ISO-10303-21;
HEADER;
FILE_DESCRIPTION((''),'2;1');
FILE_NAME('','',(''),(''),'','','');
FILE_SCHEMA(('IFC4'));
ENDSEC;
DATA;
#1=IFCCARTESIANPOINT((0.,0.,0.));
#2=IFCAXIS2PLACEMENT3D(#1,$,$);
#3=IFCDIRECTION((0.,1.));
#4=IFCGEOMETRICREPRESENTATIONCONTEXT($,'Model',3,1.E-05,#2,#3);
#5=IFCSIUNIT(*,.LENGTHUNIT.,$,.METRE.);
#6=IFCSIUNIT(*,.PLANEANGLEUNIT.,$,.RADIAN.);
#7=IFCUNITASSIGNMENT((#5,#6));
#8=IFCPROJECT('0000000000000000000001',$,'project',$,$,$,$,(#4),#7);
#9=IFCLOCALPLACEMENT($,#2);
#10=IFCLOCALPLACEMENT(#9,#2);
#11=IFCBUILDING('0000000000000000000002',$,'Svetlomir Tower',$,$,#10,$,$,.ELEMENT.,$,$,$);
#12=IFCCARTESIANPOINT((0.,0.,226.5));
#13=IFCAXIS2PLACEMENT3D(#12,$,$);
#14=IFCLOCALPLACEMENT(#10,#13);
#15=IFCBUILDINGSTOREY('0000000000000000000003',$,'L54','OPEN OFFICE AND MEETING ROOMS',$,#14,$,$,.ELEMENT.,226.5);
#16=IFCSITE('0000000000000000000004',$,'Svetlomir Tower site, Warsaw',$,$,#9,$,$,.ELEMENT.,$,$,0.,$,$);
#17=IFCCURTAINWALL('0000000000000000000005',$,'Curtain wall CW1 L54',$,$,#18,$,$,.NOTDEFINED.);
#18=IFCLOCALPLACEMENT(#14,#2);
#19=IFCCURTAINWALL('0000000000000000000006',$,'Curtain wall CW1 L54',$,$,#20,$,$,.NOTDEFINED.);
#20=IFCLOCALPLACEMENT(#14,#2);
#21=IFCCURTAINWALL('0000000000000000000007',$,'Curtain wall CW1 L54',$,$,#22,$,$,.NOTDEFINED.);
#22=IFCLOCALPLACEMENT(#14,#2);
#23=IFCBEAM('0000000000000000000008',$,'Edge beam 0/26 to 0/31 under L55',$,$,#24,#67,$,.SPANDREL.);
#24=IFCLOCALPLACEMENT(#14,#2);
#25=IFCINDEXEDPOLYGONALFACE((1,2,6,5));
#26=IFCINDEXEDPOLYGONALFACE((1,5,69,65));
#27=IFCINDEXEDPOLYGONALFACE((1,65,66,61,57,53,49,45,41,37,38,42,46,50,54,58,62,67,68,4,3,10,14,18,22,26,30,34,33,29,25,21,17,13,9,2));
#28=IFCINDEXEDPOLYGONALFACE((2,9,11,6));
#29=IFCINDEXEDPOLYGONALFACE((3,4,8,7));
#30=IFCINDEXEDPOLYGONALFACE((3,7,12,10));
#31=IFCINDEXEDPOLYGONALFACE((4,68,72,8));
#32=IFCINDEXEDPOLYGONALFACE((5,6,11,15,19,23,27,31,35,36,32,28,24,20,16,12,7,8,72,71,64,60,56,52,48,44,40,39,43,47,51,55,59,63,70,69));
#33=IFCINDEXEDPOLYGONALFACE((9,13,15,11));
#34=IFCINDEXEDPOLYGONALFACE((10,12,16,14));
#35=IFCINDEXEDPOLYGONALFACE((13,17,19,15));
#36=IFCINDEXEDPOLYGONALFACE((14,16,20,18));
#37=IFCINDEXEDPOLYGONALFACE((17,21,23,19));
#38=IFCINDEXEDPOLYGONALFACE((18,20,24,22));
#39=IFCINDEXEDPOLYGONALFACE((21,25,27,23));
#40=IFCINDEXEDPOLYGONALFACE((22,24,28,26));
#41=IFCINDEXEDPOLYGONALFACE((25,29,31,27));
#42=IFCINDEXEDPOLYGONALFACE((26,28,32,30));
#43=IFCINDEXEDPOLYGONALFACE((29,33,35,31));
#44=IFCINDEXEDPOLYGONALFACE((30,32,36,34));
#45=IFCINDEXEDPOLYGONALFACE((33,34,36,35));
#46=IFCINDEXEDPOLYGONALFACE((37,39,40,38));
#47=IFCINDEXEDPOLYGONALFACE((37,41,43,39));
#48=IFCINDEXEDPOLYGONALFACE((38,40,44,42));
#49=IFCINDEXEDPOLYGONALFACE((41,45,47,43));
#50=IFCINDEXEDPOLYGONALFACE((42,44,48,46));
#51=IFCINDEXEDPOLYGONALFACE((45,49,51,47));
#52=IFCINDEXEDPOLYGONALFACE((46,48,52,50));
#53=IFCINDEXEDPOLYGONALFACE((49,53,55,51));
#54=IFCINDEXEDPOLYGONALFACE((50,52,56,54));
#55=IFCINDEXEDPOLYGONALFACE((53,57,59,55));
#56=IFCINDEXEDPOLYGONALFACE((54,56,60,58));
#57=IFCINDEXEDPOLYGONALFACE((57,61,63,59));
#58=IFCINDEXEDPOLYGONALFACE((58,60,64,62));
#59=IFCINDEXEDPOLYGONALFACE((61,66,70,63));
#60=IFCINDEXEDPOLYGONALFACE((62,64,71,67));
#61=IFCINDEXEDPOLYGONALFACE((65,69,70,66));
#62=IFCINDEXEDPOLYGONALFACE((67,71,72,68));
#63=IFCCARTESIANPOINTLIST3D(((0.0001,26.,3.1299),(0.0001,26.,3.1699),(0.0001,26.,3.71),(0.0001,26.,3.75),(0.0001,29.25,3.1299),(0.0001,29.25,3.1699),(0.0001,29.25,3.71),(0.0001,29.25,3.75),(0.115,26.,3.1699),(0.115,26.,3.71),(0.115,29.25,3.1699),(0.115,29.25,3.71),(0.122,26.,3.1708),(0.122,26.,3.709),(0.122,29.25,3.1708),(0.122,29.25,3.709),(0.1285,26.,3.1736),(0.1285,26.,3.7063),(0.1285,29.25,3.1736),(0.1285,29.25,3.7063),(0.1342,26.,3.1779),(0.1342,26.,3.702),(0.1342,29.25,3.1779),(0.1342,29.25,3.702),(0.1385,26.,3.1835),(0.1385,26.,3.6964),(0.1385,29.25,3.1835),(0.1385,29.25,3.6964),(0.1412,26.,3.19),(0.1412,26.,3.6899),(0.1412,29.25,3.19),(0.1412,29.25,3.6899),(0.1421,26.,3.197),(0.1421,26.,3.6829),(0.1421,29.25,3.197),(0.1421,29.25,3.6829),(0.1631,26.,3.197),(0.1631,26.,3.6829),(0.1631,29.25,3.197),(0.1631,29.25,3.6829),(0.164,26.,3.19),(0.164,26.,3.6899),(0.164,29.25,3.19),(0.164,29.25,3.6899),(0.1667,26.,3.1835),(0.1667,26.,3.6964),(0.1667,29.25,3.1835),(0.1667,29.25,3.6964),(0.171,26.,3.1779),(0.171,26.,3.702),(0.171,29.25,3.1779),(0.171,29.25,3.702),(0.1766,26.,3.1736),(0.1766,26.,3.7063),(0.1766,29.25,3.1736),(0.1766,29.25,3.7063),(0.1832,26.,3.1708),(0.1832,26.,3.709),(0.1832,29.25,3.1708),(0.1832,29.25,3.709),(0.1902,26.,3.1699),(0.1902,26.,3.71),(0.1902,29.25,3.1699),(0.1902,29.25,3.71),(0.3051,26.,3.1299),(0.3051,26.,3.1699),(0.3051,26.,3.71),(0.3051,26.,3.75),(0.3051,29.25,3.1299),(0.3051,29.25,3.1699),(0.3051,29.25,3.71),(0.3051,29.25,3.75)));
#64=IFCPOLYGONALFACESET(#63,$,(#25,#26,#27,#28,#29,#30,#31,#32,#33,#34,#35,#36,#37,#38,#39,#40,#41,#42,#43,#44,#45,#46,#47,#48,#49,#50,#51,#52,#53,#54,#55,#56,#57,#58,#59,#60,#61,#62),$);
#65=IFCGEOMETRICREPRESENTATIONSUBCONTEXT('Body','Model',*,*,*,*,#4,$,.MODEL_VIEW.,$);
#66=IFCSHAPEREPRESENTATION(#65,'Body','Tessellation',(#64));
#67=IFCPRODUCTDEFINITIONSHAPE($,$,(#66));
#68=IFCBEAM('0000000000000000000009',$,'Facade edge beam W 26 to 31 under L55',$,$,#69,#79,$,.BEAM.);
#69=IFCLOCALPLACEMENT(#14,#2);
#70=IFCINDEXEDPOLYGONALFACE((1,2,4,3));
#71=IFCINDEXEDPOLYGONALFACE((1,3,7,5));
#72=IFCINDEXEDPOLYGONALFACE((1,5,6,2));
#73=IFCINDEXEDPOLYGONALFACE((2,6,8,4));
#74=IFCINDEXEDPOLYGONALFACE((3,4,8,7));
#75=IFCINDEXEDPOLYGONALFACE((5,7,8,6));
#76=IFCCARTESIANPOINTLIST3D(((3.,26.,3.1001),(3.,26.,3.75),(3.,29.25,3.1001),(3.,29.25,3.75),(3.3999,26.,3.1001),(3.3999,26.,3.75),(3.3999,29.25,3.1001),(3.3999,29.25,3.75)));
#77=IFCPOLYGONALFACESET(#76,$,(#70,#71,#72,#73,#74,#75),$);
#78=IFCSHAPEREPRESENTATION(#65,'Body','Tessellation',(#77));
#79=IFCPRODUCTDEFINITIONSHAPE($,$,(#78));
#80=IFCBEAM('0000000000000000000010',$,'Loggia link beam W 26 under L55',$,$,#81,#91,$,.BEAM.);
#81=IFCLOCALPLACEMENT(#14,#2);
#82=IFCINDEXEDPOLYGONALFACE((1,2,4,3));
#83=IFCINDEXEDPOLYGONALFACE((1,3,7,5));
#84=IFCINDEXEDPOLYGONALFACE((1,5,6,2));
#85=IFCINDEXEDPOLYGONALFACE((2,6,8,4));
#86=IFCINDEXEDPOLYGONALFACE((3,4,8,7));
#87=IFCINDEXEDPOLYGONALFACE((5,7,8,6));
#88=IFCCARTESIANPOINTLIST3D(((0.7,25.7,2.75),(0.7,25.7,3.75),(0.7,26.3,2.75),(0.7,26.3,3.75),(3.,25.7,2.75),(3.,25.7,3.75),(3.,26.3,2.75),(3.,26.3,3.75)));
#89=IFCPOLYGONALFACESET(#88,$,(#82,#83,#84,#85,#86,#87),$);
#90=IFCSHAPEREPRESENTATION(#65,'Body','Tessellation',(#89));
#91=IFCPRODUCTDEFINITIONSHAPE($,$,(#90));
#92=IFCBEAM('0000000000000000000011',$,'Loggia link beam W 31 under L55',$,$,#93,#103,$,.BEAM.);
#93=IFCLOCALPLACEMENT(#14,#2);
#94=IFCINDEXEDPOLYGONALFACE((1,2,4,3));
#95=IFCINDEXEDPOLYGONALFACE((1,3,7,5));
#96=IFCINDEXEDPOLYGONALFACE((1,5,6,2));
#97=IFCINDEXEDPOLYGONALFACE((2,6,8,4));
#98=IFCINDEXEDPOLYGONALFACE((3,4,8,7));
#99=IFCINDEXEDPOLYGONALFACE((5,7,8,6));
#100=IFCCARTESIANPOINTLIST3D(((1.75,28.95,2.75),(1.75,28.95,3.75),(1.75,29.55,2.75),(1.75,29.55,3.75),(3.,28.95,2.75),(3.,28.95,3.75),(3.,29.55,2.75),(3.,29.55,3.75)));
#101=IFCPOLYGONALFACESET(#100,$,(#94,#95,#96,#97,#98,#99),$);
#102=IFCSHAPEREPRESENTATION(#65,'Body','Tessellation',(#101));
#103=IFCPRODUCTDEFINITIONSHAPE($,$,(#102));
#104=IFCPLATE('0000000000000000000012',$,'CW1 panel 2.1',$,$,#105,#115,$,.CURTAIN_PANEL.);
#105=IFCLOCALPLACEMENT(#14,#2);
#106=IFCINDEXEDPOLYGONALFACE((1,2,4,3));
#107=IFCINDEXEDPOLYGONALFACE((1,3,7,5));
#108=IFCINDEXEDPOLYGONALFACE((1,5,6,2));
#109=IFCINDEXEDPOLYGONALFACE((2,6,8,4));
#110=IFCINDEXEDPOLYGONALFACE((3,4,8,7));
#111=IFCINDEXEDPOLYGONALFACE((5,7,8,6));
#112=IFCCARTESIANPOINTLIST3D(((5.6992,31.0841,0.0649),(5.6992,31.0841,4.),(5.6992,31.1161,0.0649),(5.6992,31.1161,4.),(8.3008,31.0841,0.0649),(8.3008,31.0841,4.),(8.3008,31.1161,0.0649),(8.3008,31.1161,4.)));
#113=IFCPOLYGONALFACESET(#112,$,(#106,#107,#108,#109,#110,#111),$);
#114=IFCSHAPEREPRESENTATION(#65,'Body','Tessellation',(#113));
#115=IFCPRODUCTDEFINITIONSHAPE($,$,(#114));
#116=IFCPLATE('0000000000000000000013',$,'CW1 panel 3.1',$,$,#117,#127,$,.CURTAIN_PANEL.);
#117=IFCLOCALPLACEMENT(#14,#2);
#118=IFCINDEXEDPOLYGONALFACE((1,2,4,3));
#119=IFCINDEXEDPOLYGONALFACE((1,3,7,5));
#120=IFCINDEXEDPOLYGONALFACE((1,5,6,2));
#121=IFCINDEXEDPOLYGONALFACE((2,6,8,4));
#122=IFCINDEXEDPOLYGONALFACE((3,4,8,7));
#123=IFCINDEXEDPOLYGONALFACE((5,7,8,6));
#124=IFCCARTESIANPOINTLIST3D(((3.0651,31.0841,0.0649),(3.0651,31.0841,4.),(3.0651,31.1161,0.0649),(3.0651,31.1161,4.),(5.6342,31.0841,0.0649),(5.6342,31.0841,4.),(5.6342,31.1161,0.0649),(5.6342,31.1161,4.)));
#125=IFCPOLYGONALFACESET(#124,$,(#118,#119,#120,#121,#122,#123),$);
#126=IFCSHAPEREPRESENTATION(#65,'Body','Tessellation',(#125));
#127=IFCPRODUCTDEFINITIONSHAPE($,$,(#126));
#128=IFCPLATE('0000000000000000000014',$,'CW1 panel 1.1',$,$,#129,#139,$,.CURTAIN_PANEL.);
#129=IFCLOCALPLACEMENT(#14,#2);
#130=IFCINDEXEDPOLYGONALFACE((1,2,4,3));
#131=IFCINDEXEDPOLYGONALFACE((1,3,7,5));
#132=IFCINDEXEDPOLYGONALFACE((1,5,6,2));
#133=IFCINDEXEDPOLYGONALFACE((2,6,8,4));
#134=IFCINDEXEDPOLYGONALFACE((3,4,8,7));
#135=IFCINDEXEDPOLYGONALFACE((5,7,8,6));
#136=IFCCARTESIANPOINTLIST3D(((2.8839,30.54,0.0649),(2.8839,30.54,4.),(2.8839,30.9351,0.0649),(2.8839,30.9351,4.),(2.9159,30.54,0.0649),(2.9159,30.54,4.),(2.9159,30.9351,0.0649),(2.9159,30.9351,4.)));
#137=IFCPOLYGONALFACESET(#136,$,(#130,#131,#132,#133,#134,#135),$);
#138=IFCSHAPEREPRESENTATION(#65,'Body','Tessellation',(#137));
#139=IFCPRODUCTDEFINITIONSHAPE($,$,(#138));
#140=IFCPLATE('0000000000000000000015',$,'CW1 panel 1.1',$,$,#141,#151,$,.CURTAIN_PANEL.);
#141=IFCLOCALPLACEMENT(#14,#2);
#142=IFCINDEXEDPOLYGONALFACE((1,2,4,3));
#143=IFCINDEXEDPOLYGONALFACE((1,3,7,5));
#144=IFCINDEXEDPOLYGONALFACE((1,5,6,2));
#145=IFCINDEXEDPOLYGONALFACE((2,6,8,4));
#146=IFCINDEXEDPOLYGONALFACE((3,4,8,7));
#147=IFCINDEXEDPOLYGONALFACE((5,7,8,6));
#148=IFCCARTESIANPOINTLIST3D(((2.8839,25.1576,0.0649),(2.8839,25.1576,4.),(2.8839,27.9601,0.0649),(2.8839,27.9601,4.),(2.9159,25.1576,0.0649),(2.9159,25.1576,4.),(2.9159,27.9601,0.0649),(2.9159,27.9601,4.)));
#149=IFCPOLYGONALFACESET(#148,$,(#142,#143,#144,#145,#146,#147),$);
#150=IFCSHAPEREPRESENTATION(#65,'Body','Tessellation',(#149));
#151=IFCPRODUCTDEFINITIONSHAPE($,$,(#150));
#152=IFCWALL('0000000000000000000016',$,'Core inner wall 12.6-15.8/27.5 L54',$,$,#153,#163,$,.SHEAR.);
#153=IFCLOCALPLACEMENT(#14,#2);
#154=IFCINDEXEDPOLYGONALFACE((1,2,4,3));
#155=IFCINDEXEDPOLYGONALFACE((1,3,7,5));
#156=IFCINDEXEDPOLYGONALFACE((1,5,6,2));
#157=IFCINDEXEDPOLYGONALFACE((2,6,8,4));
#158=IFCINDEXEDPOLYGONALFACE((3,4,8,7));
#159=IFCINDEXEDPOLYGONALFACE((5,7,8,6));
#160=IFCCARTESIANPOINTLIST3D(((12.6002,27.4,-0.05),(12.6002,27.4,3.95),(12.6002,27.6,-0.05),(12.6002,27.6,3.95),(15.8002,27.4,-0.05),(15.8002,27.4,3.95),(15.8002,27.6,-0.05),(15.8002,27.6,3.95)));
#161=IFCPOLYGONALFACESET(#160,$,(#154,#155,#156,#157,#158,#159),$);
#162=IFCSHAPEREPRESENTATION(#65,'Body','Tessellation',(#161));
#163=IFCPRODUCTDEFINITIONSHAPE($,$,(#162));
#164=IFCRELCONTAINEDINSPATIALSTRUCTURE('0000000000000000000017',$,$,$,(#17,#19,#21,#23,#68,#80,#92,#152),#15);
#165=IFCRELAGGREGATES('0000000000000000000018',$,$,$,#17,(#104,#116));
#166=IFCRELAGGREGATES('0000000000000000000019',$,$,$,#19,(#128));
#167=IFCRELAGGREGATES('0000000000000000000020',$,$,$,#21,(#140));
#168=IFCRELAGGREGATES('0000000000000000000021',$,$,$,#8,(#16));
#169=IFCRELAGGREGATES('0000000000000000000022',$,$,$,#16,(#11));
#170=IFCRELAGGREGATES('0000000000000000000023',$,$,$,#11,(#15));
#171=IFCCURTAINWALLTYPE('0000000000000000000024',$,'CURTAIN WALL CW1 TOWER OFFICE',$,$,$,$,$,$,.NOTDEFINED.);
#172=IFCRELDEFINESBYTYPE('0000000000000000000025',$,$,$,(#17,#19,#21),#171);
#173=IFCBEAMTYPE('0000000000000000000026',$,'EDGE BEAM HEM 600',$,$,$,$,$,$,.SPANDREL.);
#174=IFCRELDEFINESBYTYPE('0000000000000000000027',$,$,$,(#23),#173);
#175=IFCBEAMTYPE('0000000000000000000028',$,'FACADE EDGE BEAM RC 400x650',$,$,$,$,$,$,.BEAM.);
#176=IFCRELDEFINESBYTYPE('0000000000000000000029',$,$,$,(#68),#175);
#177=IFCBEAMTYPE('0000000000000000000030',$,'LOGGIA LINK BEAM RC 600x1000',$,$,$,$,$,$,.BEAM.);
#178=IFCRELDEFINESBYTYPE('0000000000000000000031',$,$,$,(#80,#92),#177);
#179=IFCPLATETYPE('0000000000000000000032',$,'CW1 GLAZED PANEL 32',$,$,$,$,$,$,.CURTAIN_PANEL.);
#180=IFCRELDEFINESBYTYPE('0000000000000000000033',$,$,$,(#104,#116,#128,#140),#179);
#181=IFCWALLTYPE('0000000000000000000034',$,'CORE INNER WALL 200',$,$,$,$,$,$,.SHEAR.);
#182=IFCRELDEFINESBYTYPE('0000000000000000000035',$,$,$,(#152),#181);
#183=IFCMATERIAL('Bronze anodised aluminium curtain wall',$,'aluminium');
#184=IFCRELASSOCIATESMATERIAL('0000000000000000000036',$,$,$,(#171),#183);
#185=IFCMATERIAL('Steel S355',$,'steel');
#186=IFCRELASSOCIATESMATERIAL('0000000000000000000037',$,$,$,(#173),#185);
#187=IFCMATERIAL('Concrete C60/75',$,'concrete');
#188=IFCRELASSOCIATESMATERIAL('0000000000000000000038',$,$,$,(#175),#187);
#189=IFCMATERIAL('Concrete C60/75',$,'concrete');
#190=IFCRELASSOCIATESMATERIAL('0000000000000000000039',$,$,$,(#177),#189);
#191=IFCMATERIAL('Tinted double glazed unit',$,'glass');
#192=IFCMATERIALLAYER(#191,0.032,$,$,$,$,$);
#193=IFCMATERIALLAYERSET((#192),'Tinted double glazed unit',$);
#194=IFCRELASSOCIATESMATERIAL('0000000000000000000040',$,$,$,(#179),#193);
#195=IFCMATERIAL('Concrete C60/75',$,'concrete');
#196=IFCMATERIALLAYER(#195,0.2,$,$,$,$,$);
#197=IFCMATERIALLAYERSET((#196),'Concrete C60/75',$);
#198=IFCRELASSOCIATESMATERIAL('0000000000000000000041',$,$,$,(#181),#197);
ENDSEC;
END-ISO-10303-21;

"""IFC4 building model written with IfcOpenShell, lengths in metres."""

from ifc_helpers import new_model, si_unit, direction, frame, frame_2d, origin, origin_2d, place, context, subcontext, project, spatial, rectangle, i_section, extrude, material, layer, layer_set, material_profile, profile_set, type_object, element, aggregate, save


model = new_model("IFC4")

# Units and contexts
model_context = context("Model", 3, precision=1e-05, world=origin(), true_north=direction((0.0, 1.0)))
body_context = subcontext(model_context, "Body", "Model", "MODEL_VIEW")
ifc_project = project(units=[si_unit("LENGTHUNIT", "METRE"), si_unit("PLANEANGLEUNIT", "RADIAN")], contexts=[model_context])

# Site, building, storey
site_placement = place(None, origin())
site = spatial("IfcSite", under=ifc_project, at=site_placement, Name="Svetlomir Tower site, Warsaw", CompositionType="ELEMENT", RefElevation=0.0)
building_placement = place(site_placement, origin())
building = spatial("IfcBuilding", under=site, at=building_placement, Name="Svetlomir Tower", CompositionType="ELEMENT")
storey_placement = place(building_placement, frame((0.0, 0.0, 226.5)))
storey = spatial("IfcBuildingStorey", under=building, at=storey_placement, Name="L54", Description="OPEN OFFICE AND MEETING ROOMS", CompositionType="ELEMENT", Elevation=226.5)

# Shared definitions
ifc_material_1 = material(Name="Bronze anodised aluminium curtain wall", Category="aluminium")
curtain_wall_type = type_object("IfcCurtainWallType", Name="CURTAIN WALL CW1 TOWER OFFICE", PredefinedType="NOTDEFINED", material=ifc_material_1)

# Curtain walls
curtain_wall_1_placement = place(storey_placement, origin())
curtain_wall_1 = element("IfcCurtainWall", 1, at=curtain_wall_1_placement, inside=storey, type_object=curtain_wall_type, Name="Curtain wall CW1 L54", PredefinedType="NOTDEFINED")
curtain_wall_2_placement = place(storey_placement, origin())
curtain_wall_2 = element("IfcCurtainWall", 2, at=curtain_wall_2_placement, inside=storey, type_object=curtain_wall_type, Name="Curtain wall CW1 L54", PredefinedType="NOTDEFINED")

# Curtain wall
curtain_wall_3_placement = place(storey_placement, origin())
curtain_wall_3 = element("IfcCurtainWall", 3, at=curtain_wall_3_placement, inside=storey, type_object=curtain_wall_type, Name="Curtain wall CW1 L54", PredefinedType="NOTDEFINED")

# Beams
ifc_material_2 = material(Name="Steel S355", Category="steel")
ifc_material_profile_1 = material_profile(ifc_material_2, i_section(OverallWidth=0.3049, OverallDepth=0.6201, WebThickness=0.021, FlangeThickness=0.04, FilletRadius=0.0271, at=origin_2d()), Name="HEM 600")
ifc_profile_set_1 = profile_set([ifc_material_profile_1], Name="Steel S355")
beam_type_1 = type_object("IfcBeamType", Name="EDGE BEAM HEM 600", PredefinedType="SPANDREL", material=ifc_profile_set_1)
beam_1_placement = place(storey_placement, frame((0.1526, 26.0, 3.4399), z_axis=(0.0, 1.0, 0.0), x_axis=(-1.0, 0.0, 0.0)))
element("IfcBeam", 4, at=beam_1_placement, inside=storey, type_object=beam_type_1, Name="Edge beam 0/26 to 0/31 under L55", PredefinedType="SPANDREL", context=body_context, shape_type="SweptSolid", body=[
    extrude(i_section(OverallWidth=0.3049, OverallDepth=0.6201, WebThickness=0.021, FlangeThickness=0.04, FilletRadius=0.0271, at=origin_2d()), origin(), (0.0, 0.0, 1.0), 3.25),
])
ifc_material_3 = material(Name="Concrete C60/75", Category="concrete")
ifc_material_profile_2 = material_profile(ifc_material_3, rectangle(XDim=0.3999, YDim=0.6499, at=origin_2d()), Name="RC 400x650")
ifc_profile_set_2 = profile_set([ifc_material_profile_2], Name="Concrete C60/75")
beam_type_2 = type_object("IfcBeamType", Name="FACADE EDGE BEAM RC 400x650", PredefinedType="BEAM", material=ifc_profile_set_2)
beam_2_placement = place(storey_placement, frame((3.2, 26.0, 3.425), z_axis=(0.0, 1.0, 0.0), x_axis=(-1.0, 0.0, 0.0)))
element("IfcBeam", 5, at=beam_2_placement, inside=storey, type_object=beam_type_2, Name="Facade edge beam W 26 to 31 under L55", PredefinedType="BEAM", context=body_context, shape_type="SweptSolid", body=[
    extrude(rectangle(XDim=0.3999, YDim=0.6499, at=origin_2d()), origin(), (0.0, 0.0, 1.0), 3.25),
])
ifc_material_4 = material(Name="Concrete C60/75", Category="concrete")
ifc_material_profile_3 = material_profile(ifc_material_4, rectangle(XDim=0.6001, YDim=1.0, at=origin_2d()), Name="RC 600x1000")
ifc_profile_set_3 = profile_set([ifc_material_profile_3], Name="Concrete C60/75")
beam_type_3 = type_object("IfcBeamType", Name="LOGGIA LINK BEAM RC 600x1000", PredefinedType="BEAM", material=ifc_profile_set_3)
beam_3_placement = place(storey_placement, frame((0.7, 26.0, 3.25), z_axis=(1.0, 0.0, 0.0), x_axis=(0.0, 1.0, 0.0)))
element("IfcBeam", 6, at=beam_3_placement, inside=storey, type_object=beam_type_3, Name="Loggia link beam W 26 under L55", PredefinedType="BEAM", context=body_context, shape_type="SweptSolid", body=[
    extrude(rectangle(XDim=0.6001, YDim=1.0, at=origin_2d()), origin(), (0.0, 0.0, 1.0), 2.3),
])
beam_4_placement = place(storey_placement, frame((1.75, 29.25, 3.25), z_axis=(1.0, 0.0, 0.0), x_axis=(0.0, 1.0, 0.0)))
element("IfcBeam", 7, at=beam_4_placement, inside=storey, type_object=beam_type_3, Name="Loggia link beam W 31 under L55", PredefinedType="BEAM", context=body_context, shape_type="SweptSolid", body=[
    extrude(rectangle(XDim=0.6001, YDim=1.0, at=origin_2d()), origin(), (0.0, 0.0, 1.0), 1.25),
])

# Plates
ifc_material_5 = material(Name="Tinted double glazed unit", Category="glass")
ifc_layer_1 = layer(ifc_material_5, 0.032)
ifc_layer_set_1 = layer_set([ifc_layer_1], Name="Tinted double glazed unit")
plate_type = type_object("IfcPlateType", Name="CW1 GLAZED PANEL 32", PredefinedType="CURTAIN_PANEL", material=ifc_layer_set_1)
plate_1_placement = place(storey_placement, frame((7.0, 31.1001, 0.0649), z_axis=(0.0, 0.0, 1.0), x_axis=(-1.0, 0.0, 0.0)))
plate_1 = element("IfcPlate", 8, at=plate_1_placement, type_object=plate_type, Name="CW1 panel 2.1", PredefinedType="CURTAIN_PANEL", context=body_context, shape_type="SweptSolid", body=[
    extrude(rectangle(XDim=2.6016, YDim=0.032, at=origin_2d()), origin(), (0.0, 0.0, 1.0), 3.9351),
])
plate_2_placement = place(storey_placement, frame((4.3496, 31.1001, 0.0649), z_axis=(0.0, 0.0, 1.0), x_axis=(-1.0, 0.0, 0.0)))
plate_2 = element("IfcPlate", 9, at=plate_2_placement, type_object=plate_type, Name="CW1 panel 3.1", PredefinedType="CURTAIN_PANEL", context=body_context, shape_type="SweptSolid", body=[
    extrude(rectangle(XDim=2.5691, YDim=0.032, at=origin_2d()), origin(), (0.0, 0.0, 1.0), 3.9351),
])
aggregate(curtain_wall_1, [plate_1, plate_2])
plate_3_placement = place(storey_placement, frame((2.8999, 30.7375, 0.0649), z_axis=(0.0, 0.0, 1.0), x_axis=(0.0, -1.0, 0.0)))
plate_3 = element("IfcPlate", 10, at=plate_3_placement, type_object=plate_type, Name="CW1 panel 1.1", PredefinedType="CURTAIN_PANEL", context=body_context, shape_type="SweptSolid", body=[
    extrude(rectangle(XDim=0.395, YDim=0.032, at=origin_2d()), origin(), (0.0, 0.0, 1.0), 3.9351),
])
aggregate(curtain_wall_2, [plate_3])
plate_4_placement = place(storey_placement, frame((2.8999, 26.5588, 0.0649), z_axis=(0.0, 0.0, 1.0), x_axis=(0.0, -1.0, 0.0)))
plate_4 = element("IfcPlate", 11, at=plate_4_placement, type_object=plate_type, Name="CW1 panel 1.1", PredefinedType="CURTAIN_PANEL", context=body_context, shape_type="SweptSolid", body=[
    extrude(rectangle(XDim=2.8025, YDim=0.032, at=origin_2d()), origin(), (0.0, 0.0, 1.0), 3.9351),
])
aggregate(curtain_wall_3, [plate_4])

# Wall
ifc_material_6 = material(Name="Concrete C60/75", Category="concrete")
ifc_layer_2 = layer(ifc_material_6, 0.2)
ifc_layer_set_2 = layer_set([ifc_layer_2], Name="Concrete C60/75")
wall_type_1 = type_object("IfcWallType", Name="CORE INNER WALL 200", PredefinedType="SHEAR", material=ifc_layer_set_2)
wall_1_placement = place(storey_placement, frame((12.6001, 27.5, -0.05), z_axis=(0.0, 0.0, 1.0), x_axis=(1.0, 0.0, 0.0)))
element("IfcWall", 12, at=wall_1_placement, inside=storey, type_object=wall_type_1, Name="Core inner wall 12.6-15.8/27.5 L54", PredefinedType="SHEAR", context=body_context, shape_type="SweptSolid", body=[
    extrude(rectangle(XDim=3.2, YDim=0.2, at=frame_2d((1.6001, 0.0))), origin(), (0.0, 0.0, 1.0), 4.0),
])

save(model, "model.ifc")
